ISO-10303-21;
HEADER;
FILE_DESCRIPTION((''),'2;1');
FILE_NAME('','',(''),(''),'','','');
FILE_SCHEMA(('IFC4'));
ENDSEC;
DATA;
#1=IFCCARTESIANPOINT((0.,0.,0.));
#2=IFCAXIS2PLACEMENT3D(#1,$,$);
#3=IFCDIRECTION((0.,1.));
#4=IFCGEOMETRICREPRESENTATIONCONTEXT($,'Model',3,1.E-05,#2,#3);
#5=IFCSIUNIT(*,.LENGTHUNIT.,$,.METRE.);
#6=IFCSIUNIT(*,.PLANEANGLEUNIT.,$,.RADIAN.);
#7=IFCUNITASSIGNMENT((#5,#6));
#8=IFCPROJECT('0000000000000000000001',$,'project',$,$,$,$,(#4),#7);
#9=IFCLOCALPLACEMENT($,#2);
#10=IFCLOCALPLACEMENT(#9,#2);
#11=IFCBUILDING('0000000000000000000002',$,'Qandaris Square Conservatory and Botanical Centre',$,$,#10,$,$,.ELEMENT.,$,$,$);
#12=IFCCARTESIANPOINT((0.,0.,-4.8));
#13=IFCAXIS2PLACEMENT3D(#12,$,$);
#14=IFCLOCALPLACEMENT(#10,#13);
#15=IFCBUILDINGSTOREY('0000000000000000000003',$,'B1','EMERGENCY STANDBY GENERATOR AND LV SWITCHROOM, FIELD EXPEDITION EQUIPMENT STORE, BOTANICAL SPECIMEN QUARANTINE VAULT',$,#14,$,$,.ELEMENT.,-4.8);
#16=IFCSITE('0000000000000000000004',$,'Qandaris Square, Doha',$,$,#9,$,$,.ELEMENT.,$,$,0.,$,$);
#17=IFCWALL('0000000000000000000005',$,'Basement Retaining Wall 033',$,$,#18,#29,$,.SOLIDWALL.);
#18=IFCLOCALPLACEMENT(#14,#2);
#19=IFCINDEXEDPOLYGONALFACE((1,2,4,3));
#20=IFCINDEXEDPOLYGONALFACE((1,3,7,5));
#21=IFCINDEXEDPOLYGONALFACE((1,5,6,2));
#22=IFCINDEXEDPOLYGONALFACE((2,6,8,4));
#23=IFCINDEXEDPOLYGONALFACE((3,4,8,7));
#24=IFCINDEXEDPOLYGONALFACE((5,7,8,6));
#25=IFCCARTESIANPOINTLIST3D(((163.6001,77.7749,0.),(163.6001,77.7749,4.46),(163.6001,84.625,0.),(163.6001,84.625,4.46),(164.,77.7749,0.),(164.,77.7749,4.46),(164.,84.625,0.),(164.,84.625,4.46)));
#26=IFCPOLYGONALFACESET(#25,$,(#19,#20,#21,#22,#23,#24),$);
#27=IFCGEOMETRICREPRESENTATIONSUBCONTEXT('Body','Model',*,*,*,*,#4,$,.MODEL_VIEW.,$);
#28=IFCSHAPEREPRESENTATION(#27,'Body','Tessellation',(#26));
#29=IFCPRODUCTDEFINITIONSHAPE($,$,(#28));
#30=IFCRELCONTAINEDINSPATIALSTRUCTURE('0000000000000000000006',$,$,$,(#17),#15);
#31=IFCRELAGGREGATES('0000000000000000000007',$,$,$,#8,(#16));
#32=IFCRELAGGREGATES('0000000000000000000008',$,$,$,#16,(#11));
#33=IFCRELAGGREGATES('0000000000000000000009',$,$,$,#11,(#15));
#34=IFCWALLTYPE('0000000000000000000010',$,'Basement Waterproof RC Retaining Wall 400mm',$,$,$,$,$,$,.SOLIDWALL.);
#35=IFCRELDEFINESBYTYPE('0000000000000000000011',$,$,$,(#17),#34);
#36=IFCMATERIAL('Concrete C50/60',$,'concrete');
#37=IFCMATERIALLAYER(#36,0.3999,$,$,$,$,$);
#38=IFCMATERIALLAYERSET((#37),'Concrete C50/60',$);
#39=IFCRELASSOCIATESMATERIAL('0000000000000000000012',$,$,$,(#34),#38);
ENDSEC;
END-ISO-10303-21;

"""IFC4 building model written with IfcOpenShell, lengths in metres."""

from ifc_helpers import new_model, si_unit, direction, frame, frame_2d, origin, place, context, subcontext, project, spatial, rectangle, extrude, material, layer, layer_set, type_object, element, save


model = new_model("IFC4")

# Units and contexts
model_context = context("Model", 3, precision=1e-05, world=origin(), true_north=direction((0.0, 1.0)))
body_context = subcontext(model_context, "Body", "Model", "MODEL_VIEW")
ifc_project = project(units=[si_unit("LENGTHUNIT", "METRE"), si_unit("PLANEANGLEUNIT", "RADIAN")], contexts=[model_context])

# Site, building, storey
site_placement = place(None, origin())
site = spatial("IfcSite", under=ifc_project, at=site_placement, Name="Qandaris Square, Doha", CompositionType="ELEMENT", RefElevation=0.0)
building_placement = place(site_placement, origin())
building = spatial("IfcBuilding", under=site, at=building_placement, Name="Qandaris Square Conservatory and Botanical Centre", CompositionType="ELEMENT")
storey_placement = place(building_placement, frame((0.0, 0.0, -4.8)))
storey = spatial("IfcBuildingStorey", under=building, at=storey_placement, Name="B1", Description="EMERGENCY STANDBY GENERATOR AND LV SWITCHROOM, FIELD EXPEDITION EQUIPMENT STORE, BOTANICAL SPECIMEN QUARANTINE VAULT", CompositionType="ELEMENT", Elevation=-4.8)

# Shared definitions
ifc_material_1 = material(Name="Concrete C50/60", Category="concrete")

# Wall
ifc_layer = layer(ifc_material_1, 0.3999)
ifc_layer_set = layer_set([ifc_layer], Name="Concrete C50/60")
wall_type = type_object("IfcWallType", Name="Basement Waterproof RC Retaining Wall 400mm", PredefinedType="SOLIDWALL", material=ifc_layer_set)
wall_placement = place(storey_placement, frame((163.8, 77.7749, 0.0), z_axis=(0.0, 0.0, 1.0), x_axis=(0.0, 1.0, 0.0)))
element("IfcWall", 1, at=wall_placement, inside=storey, type_object=wall_type, Name="Basement Retaining Wall 033", PredefinedType="SOLIDWALL", context=body_context, shape_type="SweptSolid", body=[
    extrude(rectangle(XDim=6.8501, YDim=0.3999, at=frame_2d((3.425, 0.0))), origin(), (0.0, 0.0, 1.0), 4.46),
])

save(model, "model.ifc")
